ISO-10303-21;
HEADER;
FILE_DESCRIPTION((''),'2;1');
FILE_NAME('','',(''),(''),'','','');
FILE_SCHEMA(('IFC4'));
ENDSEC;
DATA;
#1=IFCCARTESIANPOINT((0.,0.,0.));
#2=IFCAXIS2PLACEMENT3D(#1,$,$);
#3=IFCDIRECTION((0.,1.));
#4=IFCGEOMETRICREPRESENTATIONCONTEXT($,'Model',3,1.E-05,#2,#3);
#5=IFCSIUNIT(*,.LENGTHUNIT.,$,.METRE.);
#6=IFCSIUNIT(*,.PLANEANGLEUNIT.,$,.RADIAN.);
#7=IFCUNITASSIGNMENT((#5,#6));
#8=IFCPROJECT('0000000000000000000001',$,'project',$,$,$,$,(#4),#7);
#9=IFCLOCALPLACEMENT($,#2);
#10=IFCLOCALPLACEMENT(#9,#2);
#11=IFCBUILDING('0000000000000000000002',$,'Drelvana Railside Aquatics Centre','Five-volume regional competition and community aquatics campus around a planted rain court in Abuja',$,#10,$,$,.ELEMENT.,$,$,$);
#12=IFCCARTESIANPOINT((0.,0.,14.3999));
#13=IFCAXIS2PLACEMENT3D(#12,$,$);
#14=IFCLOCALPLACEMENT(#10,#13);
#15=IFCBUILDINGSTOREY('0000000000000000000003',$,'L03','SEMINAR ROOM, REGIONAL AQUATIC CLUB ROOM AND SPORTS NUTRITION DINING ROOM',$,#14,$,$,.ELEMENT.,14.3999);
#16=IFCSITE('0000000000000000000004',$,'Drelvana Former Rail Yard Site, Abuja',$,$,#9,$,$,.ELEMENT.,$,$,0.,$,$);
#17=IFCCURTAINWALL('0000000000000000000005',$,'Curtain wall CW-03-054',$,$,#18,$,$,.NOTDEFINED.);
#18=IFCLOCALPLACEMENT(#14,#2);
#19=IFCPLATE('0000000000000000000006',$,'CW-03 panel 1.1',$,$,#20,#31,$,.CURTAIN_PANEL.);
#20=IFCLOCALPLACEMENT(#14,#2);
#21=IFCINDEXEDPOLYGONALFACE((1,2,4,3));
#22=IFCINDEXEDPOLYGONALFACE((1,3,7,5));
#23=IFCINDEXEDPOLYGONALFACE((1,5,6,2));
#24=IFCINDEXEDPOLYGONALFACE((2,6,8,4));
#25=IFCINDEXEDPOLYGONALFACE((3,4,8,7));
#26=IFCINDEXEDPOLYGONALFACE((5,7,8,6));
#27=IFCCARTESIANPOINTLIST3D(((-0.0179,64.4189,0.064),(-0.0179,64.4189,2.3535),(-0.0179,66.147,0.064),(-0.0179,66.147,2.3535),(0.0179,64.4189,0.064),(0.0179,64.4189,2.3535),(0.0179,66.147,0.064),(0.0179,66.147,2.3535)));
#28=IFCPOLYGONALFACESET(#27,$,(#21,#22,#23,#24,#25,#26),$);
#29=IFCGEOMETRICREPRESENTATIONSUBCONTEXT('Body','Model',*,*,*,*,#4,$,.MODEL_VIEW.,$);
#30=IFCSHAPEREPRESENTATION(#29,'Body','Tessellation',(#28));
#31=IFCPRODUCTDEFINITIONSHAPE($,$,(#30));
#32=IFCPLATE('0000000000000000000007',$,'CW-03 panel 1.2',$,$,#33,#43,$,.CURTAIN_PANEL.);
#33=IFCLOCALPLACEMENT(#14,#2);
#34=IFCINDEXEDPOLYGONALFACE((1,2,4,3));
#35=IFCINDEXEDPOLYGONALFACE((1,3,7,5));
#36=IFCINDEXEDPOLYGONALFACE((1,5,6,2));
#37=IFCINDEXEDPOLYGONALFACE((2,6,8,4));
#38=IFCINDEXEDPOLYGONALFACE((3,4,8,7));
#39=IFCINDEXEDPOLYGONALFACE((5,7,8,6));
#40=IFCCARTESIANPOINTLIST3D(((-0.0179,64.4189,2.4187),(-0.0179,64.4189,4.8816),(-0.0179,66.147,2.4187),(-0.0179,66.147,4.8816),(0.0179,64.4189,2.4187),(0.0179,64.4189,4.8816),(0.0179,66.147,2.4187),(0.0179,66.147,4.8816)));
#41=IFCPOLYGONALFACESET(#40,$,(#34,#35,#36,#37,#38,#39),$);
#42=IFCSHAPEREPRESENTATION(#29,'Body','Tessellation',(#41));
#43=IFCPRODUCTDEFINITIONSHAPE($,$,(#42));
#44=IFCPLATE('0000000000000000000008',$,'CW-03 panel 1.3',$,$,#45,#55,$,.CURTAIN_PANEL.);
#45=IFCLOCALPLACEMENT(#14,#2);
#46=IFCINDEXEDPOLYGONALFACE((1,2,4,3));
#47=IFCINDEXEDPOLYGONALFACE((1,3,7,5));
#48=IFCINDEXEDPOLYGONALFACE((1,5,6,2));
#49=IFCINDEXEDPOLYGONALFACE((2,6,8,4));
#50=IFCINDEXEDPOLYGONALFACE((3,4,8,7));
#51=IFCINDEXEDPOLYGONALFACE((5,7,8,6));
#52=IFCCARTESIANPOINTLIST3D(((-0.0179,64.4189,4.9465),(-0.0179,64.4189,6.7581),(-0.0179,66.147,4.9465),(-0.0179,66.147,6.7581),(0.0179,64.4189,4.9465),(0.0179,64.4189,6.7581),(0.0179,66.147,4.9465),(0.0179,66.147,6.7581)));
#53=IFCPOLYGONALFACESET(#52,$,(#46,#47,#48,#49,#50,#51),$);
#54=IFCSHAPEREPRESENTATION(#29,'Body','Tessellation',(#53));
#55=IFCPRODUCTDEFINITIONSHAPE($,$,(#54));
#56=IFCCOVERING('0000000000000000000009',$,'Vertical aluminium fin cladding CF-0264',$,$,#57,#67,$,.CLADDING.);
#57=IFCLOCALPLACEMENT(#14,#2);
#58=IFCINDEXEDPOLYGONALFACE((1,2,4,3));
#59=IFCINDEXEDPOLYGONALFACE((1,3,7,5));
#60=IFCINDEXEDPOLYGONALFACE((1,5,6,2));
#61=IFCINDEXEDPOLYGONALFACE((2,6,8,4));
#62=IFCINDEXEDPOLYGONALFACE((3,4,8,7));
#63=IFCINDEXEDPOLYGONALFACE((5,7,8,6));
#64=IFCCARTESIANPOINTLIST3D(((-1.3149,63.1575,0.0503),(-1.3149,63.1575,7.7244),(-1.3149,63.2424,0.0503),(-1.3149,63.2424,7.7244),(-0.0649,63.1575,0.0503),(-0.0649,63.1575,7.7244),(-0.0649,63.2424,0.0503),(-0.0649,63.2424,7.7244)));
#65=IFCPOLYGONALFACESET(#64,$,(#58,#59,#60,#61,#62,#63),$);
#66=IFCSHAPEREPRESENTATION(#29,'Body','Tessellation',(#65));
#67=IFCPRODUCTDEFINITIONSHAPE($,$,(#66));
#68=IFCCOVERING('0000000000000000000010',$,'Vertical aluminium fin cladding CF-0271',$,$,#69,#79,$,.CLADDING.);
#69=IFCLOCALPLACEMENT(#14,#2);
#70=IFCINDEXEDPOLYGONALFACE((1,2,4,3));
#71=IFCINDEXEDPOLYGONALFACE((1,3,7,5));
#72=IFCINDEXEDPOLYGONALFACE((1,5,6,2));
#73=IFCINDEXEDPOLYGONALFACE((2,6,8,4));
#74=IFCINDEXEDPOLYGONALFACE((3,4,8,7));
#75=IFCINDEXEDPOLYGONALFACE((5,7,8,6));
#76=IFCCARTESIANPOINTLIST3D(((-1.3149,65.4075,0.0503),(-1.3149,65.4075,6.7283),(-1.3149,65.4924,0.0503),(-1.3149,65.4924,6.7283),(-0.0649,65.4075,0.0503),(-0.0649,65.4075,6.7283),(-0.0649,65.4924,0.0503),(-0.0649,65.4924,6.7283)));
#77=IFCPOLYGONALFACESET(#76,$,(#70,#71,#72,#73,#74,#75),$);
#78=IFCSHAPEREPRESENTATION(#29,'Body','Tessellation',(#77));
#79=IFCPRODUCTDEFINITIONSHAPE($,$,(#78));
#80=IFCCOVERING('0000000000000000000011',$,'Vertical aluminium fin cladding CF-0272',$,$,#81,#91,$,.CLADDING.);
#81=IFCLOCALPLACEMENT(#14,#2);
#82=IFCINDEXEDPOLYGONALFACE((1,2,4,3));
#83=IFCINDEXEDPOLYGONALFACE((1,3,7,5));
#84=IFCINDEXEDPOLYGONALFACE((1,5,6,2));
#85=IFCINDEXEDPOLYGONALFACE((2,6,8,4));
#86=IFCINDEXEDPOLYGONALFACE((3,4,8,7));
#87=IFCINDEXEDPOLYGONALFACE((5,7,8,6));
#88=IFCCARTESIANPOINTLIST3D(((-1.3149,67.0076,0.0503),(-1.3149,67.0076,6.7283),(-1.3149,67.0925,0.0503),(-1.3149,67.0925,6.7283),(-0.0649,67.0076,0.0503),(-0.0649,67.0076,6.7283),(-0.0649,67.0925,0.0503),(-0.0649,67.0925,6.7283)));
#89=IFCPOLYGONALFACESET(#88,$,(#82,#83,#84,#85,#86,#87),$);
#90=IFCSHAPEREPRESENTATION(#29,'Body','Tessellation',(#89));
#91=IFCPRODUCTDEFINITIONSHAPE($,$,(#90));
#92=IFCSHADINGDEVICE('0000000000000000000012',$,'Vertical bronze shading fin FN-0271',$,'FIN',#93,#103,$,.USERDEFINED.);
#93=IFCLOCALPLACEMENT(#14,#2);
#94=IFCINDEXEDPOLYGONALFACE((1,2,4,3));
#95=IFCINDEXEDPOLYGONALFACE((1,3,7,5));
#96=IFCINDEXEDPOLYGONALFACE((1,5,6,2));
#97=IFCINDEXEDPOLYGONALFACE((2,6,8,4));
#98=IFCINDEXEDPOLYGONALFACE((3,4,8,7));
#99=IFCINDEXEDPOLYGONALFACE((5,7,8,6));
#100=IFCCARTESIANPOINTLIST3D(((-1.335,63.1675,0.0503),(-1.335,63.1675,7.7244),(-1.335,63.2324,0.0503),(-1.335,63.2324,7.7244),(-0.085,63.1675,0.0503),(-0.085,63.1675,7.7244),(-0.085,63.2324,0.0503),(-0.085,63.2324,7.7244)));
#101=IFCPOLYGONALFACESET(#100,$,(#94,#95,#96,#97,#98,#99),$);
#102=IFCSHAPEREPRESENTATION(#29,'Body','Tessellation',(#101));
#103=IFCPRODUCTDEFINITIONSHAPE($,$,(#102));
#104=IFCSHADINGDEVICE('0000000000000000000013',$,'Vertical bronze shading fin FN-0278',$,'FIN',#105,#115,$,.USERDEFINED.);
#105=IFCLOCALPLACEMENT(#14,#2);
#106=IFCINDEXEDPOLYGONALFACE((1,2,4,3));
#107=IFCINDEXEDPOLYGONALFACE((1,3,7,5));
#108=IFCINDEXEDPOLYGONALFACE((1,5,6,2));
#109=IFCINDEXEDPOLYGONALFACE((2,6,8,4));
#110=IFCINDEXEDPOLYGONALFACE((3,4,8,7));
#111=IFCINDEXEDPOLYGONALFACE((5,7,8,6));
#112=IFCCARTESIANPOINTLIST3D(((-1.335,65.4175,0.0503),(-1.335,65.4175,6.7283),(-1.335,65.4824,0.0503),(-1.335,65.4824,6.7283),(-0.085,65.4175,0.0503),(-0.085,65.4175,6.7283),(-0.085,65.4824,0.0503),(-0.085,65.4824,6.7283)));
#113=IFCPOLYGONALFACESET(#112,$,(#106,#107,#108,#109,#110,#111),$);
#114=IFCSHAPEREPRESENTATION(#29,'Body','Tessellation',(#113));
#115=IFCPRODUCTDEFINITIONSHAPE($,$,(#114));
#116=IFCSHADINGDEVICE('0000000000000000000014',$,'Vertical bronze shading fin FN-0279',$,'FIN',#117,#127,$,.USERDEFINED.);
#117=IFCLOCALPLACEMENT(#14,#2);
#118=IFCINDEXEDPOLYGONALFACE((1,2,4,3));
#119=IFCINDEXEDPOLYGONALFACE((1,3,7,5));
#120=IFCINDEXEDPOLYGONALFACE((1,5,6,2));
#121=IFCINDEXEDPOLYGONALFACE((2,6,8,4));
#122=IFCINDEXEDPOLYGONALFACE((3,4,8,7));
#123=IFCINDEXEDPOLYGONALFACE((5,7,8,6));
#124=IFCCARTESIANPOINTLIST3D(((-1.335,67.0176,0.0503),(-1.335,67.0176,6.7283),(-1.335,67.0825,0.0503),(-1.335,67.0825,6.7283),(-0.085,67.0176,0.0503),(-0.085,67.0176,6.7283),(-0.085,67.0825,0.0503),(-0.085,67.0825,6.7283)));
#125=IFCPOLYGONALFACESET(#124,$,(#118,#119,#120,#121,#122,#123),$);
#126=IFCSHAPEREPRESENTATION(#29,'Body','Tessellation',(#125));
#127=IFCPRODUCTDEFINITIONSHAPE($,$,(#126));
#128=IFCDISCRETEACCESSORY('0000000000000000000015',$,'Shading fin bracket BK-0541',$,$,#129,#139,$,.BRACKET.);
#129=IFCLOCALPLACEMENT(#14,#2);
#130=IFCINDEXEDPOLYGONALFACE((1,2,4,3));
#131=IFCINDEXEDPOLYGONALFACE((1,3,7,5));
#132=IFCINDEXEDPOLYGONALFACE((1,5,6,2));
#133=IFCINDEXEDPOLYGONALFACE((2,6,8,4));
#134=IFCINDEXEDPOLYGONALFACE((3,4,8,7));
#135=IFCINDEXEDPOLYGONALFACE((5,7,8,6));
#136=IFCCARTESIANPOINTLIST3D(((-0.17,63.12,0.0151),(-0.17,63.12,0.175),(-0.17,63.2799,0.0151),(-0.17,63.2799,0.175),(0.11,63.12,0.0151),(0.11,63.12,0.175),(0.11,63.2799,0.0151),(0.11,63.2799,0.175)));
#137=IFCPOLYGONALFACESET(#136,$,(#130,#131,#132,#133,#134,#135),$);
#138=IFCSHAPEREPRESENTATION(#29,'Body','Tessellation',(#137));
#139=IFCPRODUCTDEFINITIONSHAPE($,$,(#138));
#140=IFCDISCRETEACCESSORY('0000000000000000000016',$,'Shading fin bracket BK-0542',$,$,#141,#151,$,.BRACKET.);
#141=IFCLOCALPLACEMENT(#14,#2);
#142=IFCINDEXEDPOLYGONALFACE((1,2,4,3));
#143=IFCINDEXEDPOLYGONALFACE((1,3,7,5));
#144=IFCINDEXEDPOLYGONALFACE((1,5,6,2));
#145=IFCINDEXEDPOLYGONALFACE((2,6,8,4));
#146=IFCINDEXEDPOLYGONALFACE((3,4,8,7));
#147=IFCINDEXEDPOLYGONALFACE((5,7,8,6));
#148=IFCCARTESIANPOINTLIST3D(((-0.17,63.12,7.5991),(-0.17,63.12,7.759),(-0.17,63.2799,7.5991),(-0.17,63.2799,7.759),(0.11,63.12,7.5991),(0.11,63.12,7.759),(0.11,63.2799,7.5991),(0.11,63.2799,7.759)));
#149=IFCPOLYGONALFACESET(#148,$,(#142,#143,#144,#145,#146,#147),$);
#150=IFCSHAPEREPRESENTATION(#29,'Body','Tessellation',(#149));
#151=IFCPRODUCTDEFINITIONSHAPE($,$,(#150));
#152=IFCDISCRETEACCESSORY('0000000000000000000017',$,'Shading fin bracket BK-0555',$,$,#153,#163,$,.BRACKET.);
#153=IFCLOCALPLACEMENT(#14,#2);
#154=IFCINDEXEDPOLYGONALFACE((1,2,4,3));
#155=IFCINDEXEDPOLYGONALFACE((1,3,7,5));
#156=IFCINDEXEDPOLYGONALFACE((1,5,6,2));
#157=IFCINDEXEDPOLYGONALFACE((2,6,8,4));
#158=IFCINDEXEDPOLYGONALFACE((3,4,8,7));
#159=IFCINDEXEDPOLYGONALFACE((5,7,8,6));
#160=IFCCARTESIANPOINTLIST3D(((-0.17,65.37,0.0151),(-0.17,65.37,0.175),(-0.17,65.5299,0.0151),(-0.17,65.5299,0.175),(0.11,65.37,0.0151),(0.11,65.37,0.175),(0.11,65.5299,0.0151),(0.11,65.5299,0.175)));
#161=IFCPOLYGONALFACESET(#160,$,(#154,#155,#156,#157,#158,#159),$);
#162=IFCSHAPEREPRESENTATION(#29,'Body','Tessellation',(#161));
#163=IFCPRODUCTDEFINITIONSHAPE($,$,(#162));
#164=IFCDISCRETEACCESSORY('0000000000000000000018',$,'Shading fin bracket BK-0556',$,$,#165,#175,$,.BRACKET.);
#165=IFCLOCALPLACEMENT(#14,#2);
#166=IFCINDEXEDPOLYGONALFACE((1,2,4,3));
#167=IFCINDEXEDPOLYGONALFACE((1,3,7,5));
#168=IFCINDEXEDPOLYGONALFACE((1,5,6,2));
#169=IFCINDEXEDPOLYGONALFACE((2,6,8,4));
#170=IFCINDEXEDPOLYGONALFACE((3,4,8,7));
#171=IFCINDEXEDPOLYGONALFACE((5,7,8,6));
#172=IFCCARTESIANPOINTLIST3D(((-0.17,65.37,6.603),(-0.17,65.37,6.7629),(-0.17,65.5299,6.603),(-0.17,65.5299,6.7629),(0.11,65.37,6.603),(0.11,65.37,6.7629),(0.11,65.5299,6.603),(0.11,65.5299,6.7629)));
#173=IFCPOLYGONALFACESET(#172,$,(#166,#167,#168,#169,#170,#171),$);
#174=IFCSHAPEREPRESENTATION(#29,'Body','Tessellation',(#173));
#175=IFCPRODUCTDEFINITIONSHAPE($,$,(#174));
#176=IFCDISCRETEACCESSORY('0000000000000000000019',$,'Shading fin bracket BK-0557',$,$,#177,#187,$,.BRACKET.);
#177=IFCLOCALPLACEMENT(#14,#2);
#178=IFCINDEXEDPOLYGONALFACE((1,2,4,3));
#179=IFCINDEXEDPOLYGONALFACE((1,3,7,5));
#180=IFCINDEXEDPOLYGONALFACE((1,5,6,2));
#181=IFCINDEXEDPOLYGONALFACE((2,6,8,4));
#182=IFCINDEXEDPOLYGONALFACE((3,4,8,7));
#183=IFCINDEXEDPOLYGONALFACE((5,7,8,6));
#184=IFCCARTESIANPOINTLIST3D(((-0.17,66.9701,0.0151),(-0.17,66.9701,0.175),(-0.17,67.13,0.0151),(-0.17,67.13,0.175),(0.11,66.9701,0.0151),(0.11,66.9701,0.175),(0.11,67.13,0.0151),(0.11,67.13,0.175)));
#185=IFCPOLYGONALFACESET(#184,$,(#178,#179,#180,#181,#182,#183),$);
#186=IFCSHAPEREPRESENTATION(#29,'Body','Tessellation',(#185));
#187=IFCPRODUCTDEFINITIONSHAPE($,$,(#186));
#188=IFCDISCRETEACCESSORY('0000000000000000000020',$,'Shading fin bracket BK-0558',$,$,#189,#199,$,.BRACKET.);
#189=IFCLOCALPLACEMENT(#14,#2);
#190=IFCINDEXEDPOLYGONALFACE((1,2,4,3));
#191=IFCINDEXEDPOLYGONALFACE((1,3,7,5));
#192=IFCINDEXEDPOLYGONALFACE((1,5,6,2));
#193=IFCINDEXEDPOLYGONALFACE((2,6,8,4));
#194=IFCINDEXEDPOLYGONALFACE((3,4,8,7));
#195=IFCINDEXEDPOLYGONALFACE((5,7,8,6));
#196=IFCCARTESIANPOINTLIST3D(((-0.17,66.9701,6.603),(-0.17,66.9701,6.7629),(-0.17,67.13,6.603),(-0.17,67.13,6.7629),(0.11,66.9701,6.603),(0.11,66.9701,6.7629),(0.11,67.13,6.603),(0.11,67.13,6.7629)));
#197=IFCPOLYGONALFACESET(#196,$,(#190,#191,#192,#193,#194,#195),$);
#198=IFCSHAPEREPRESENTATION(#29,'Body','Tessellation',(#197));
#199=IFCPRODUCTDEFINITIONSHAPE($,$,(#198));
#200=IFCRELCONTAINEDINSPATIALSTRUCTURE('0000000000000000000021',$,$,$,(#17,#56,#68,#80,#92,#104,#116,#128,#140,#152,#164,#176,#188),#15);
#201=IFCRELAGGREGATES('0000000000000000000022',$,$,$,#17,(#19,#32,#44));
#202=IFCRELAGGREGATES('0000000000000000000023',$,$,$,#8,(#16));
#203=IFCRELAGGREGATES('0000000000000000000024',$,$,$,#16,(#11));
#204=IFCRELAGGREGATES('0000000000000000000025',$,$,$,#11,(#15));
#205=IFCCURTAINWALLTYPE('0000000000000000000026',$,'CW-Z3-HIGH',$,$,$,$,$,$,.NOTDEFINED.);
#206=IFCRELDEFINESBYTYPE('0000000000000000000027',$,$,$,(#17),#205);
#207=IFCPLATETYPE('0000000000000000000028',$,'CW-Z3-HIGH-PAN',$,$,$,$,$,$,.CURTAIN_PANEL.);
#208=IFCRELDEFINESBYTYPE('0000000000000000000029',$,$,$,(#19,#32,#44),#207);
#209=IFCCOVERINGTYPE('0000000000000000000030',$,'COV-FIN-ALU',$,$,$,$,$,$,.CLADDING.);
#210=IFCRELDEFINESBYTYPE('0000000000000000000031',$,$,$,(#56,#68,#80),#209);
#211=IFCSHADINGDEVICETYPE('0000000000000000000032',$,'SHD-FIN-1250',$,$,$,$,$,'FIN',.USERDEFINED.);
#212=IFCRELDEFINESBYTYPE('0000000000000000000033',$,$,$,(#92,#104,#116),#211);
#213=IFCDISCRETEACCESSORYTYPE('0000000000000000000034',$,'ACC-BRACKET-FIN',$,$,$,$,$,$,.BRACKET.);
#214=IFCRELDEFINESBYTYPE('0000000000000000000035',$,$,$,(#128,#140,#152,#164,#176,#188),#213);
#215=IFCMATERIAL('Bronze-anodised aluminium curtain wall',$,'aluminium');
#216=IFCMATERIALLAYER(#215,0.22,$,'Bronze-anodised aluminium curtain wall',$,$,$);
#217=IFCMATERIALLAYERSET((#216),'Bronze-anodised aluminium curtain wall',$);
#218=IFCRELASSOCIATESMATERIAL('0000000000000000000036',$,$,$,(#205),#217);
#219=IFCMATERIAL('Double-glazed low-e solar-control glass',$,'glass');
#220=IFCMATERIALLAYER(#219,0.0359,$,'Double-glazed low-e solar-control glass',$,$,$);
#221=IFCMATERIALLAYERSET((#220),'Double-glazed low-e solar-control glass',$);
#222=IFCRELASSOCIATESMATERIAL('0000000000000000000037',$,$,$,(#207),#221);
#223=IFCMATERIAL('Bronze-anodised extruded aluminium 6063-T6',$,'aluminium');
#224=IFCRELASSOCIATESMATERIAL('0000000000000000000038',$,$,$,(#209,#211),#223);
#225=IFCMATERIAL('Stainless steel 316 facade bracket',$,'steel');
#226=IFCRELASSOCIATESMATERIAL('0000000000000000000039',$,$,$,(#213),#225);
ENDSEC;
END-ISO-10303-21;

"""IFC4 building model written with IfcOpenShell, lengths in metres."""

from ifc_helpers import new_model, si_unit, direction, frame, origin, origin_2d, place, context, subcontext, project, spatial, rectangle, extrude, material, layer, layer_set, type_object, element, aggregate, save


model = new_model("IFC4")

# Units and contexts
model_context = context("Model", 3, precision=1e-05, world=origin(), true_north=direction((0.0, 1.0)))
body_context = subcontext(model_context, "Body", "Model", "MODEL_VIEW")
ifc_project = project(units=[si_unit("LENGTHUNIT", "METRE"), si_unit("PLANEANGLEUNIT", "RADIAN")], contexts=[model_context])

# Site, building, storey
site_placement = place(None, origin())
site = spatial("IfcSite", under=ifc_project, at=site_placement, Name="Drelvana Former Rail Yard Site, Abuja", CompositionType="ELEMENT", RefElevation=0.0)
building_placement = place(site_placement, origin())
building = spatial("IfcBuilding", under=site, at=building_placement, Name="Drelvana Railside Aquatics Centre", Description="Five-volume regional competition and community aquatics campus around a planted rain court in Abuja", CompositionType="ELEMENT")
storey_placement = place(building_placement, frame((0.0, 0.0, 14.3999)))
storey = spatial("IfcBuildingStorey", under=building, at=storey_placement, Name="L03", Description="SEMINAR ROOM, REGIONAL AQUATIC CLUB ROOM AND SPORTS NUTRITION DINING ROOM", CompositionType="ELEMENT", Elevation=14.3999)

# Shared definitions
ifc_material_1 = material(Name="Bronze-anodised aluminium curtain wall", Category="aluminium")
ifc_layer_1 = layer(ifc_material_1, 0.22, Name="Bronze-anodised aluminium curtain wall")
ifc_layer_set_1 = layer_set([ifc_layer_1], Name="Bronze-anodised aluminium curtain wall")
curtain_wall_type = type_object("IfcCurtainWallType", Name="CW-Z3-HIGH", PredefinedType="NOTDEFINED", material=ifc_layer_set_1)

# Curtain wall
curtain_wall_1_placement = place(storey_placement, origin())
curtain_wall_1 = element("IfcCurtainWall", 1, at=curtain_wall_1_placement, inside=storey, type_object=curtain_wall_type, Name="Curtain wall CW-03-054", PredefinedType="NOTDEFINED")

# Plates
ifc_material_2 = material(Name="Double-glazed low-e solar-control glass", Category="glass")
ifc_layer_2 = layer(ifc_material_2, 0.0359, Name="Double-glazed low-e solar-control glass")
ifc_layer_set_2 = layer_set([ifc_layer_2], Name="Double-glazed low-e solar-control glass")
plate_type = type_object("IfcPlateType", Name="CW-Z3-HIGH-PAN", PredefinedType="CURTAIN_PANEL", material=ifc_layer_set_2)
plate_1_placement = place(storey_placement, frame((0.0, 65.283, 0.064), z_axis=(0.0, 0.0, 1.0), x_axis=(0.0, 1.0, 0.0)))
plate_1 = element("IfcPlate", 2, at=plate_1_placement, type_object=plate_type, Name="CW-03 panel 1.1", PredefinedType="CURTAIN_PANEL", context=body_context, shape_type="SweptSolid", body=[
    extrude(rectangle(XDim=1.728, YDim=0.0359, at=origin_2d()), origin(), (0.0, 0.0, 1.0), 2.2896),
])
plate_2_placement = place(storey_placement, frame((0.0, 65.283, 2.4187), z_axis=(0.0, 0.0, 1.0), x_axis=(0.0, 1.0, 0.0)))
plate_2 = element("IfcPlate", 3, at=plate_2_placement, type_object=plate_type, Name="CW-03 panel 1.2", PredefinedType="CURTAIN_PANEL", context=body_context, shape_type="SweptSolid", body=[
    extrude(rectangle(XDim=1.728, YDim=0.0359, at=origin_2d()), origin(), (0.0, 0.0, 1.0), 2.4629),
])
plate_3_placement = place(storey_placement, frame((0.0, 65.283, 4.9465), z_axis=(0.0, 0.0, 1.0), x_axis=(0.0, 1.0, 0.0)))
plate_3 = element("IfcPlate", 4, at=plate_3_placement, type_object=plate_type, Name="CW-03 panel 1.3", PredefinedType="CURTAIN_PANEL", context=body_context, shape_type="SweptSolid", body=[
    extrude(rectangle(XDim=1.728, YDim=0.0359, at=origin_2d()), origin(), (0.0, 0.0, 1.0), 1.8115),
])
aggregate(curtain_wall_1, [plate_1, plate_2, plate_3])

# Coverings
ifc_material_3 = material(Name="Bronze-anodised extruded aluminium 6063-T6", Category="aluminium")
covering_type = type_object("IfcCoveringType", Name="COV-FIN-ALU", PredefinedType="CLADDING", material=ifc_material_3)
covering_placement = place(storey_placement, frame((-0.6899, 63.2, 0.0503), z_axis=(0.0, 0.0, 1.0), x_axis=(0.0, 1.0, 0.0)))
element("IfcCovering", 5, at=covering_placement, inside=storey, type_object=covering_type, Name="Vertical aluminium fin cladding CF-0264", PredefinedType="CLADDING", context=body_context, shape_type="SweptSolid", body=[
    extrude(rectangle(XDim=0.085, YDim=1.25, at=origin_2d()), origin(), (0.0, 0.0, 1.0), 7.6741),
])
for number, where, z_axis, x_axis, name in (
    (6, (-0.6899, 65.45, 0.0503), (0.0, 0.0, 1.0), (0.0, 1.0, 0.0), "Vertical aluminium fin cladding CF-0271"),
    (7, (-0.6899, 67.05, 0.0503), (0.0, 0.0, 1.0), (0.0, 1.0, 0.0), "Vertical aluminium fin cladding CF-0272"),
):
    element("IfcCovering", number, at=place(storey_placement, frame(where, z_axis=z_axis, x_axis=x_axis)), inside=storey, type_object=covering_type, Name=name, PredefinedType="CLADDING", context=body_context, shape_type="SweptSolid", body=[
        extrude(rectangle(XDim=0.085, YDim=1.25, at=origin_2d()), origin(), (0.0, 0.0, 1.0), 6.678),
    ])

# Shading devices
shading_device_type = type_object("IfcShadingDeviceType", Name="SHD-FIN-1250", ElementType="FIN", PredefinedType="USERDEFINED", material=ifc_material_3)
shading_device_placement = place(storey_placement, frame((-0.71, 63.2, 0.0503), z_axis=(0.0, 0.0, 1.0), x_axis=(-1.0, 0.0, 0.0)))
element("IfcShadingDevice", 8, at=shading_device_placement, inside=storey, type_object=shading_device_type, Name="Vertical bronze shading fin FN-0271", ObjectType="FIN", PredefinedType="USERDEFINED", context=body_context, shape_type="SweptSolid", body=[
    extrude(rectangle(XDim=1.25, YDim=0.0649, at=origin_2d()), origin(), (0.0, 0.0, 1.0), 7.6741),
])
for number, where, z_axis, x_axis, name in (
    (9, (-0.71, 65.45, 0.0503), (0.0, 0.0, 1.0), (-1.0, 0.0, 0.0), "Vertical bronze shading fin FN-0278"),
    (10, (-0.71, 67.05, 0.0503), (0.0, 0.0, 1.0), (-1.0, 0.0, 0.0), "Vertical bronze shading fin FN-0279"),
):
    element("IfcShadingDevice", number, at=place(storey_placement, frame(where, z_axis=z_axis, x_axis=x_axis)), inside=storey, type_object=shading_device_type, Name=name, ObjectType="FIN", PredefinedType="USERDEFINED", context=body_context, shape_type="SweptSolid", body=[
        extrude(rectangle(XDim=1.25, YDim=0.0649, at=origin_2d()), origin(), (0.0, 0.0, 1.0), 6.678),
    ])

# Discrete accessories
ifc_material_4 = material(Name="Stainless steel 316 facade bracket", Category="steel")
discrete_accessory_type = type_object("IfcDiscreteAccessoryType", Name="ACC-BRACKET-FIN", PredefinedType="BRACKET", material=ifc_material_4)
for number, where, z_axis, x_axis, name in (
    (11, (-0.03, 63.2, 0.0151), (0.0, 0.0, 1.0), (-1.0, 0.0, 0.0), "Shading fin bracket BK-0541"),
    (12, (-0.03, 63.2, 7.5991), (0.0, 0.0, 1.0), (-1.0, 0.0, 0.0), "Shading fin bracket BK-0542"),
    (13, (-0.03, 65.45, 0.0151), (0.0, 0.0, 1.0), (-1.0, 0.0, 0.0), "Shading fin bracket BK-0555"),
    (14, (-0.03, 65.45, 6.603), (0.0, 0.0, 1.0), (-1.0, 0.0, 0.0), "Shading fin bracket BK-0556"),
    (15, (-0.03, 67.05, 0.0151), (0.0, 0.0, 1.0), (-1.0, 0.0, 0.0), "Shading fin bracket BK-0557"),
    (16, (-0.03, 67.05, 6.603), (0.0, 0.0, 1.0), (-1.0, 0.0, 0.0), "Shading fin bracket BK-0558"),
):
    element("IfcDiscreteAccessory", number, at=place(storey_placement, frame(where, z_axis=z_axis, x_axis=x_axis)), inside=storey, type_object=discrete_accessory_type, Name=name, PredefinedType="BRACKET", context=body_context, shape_type="SweptSolid", body=[
        extrude(rectangle(XDim=0.28, YDim=0.1599, at=origin_2d()), origin(), (0.0, 0.0, 1.0), 0.1599),
    ])

save(model, "model.ifc")
